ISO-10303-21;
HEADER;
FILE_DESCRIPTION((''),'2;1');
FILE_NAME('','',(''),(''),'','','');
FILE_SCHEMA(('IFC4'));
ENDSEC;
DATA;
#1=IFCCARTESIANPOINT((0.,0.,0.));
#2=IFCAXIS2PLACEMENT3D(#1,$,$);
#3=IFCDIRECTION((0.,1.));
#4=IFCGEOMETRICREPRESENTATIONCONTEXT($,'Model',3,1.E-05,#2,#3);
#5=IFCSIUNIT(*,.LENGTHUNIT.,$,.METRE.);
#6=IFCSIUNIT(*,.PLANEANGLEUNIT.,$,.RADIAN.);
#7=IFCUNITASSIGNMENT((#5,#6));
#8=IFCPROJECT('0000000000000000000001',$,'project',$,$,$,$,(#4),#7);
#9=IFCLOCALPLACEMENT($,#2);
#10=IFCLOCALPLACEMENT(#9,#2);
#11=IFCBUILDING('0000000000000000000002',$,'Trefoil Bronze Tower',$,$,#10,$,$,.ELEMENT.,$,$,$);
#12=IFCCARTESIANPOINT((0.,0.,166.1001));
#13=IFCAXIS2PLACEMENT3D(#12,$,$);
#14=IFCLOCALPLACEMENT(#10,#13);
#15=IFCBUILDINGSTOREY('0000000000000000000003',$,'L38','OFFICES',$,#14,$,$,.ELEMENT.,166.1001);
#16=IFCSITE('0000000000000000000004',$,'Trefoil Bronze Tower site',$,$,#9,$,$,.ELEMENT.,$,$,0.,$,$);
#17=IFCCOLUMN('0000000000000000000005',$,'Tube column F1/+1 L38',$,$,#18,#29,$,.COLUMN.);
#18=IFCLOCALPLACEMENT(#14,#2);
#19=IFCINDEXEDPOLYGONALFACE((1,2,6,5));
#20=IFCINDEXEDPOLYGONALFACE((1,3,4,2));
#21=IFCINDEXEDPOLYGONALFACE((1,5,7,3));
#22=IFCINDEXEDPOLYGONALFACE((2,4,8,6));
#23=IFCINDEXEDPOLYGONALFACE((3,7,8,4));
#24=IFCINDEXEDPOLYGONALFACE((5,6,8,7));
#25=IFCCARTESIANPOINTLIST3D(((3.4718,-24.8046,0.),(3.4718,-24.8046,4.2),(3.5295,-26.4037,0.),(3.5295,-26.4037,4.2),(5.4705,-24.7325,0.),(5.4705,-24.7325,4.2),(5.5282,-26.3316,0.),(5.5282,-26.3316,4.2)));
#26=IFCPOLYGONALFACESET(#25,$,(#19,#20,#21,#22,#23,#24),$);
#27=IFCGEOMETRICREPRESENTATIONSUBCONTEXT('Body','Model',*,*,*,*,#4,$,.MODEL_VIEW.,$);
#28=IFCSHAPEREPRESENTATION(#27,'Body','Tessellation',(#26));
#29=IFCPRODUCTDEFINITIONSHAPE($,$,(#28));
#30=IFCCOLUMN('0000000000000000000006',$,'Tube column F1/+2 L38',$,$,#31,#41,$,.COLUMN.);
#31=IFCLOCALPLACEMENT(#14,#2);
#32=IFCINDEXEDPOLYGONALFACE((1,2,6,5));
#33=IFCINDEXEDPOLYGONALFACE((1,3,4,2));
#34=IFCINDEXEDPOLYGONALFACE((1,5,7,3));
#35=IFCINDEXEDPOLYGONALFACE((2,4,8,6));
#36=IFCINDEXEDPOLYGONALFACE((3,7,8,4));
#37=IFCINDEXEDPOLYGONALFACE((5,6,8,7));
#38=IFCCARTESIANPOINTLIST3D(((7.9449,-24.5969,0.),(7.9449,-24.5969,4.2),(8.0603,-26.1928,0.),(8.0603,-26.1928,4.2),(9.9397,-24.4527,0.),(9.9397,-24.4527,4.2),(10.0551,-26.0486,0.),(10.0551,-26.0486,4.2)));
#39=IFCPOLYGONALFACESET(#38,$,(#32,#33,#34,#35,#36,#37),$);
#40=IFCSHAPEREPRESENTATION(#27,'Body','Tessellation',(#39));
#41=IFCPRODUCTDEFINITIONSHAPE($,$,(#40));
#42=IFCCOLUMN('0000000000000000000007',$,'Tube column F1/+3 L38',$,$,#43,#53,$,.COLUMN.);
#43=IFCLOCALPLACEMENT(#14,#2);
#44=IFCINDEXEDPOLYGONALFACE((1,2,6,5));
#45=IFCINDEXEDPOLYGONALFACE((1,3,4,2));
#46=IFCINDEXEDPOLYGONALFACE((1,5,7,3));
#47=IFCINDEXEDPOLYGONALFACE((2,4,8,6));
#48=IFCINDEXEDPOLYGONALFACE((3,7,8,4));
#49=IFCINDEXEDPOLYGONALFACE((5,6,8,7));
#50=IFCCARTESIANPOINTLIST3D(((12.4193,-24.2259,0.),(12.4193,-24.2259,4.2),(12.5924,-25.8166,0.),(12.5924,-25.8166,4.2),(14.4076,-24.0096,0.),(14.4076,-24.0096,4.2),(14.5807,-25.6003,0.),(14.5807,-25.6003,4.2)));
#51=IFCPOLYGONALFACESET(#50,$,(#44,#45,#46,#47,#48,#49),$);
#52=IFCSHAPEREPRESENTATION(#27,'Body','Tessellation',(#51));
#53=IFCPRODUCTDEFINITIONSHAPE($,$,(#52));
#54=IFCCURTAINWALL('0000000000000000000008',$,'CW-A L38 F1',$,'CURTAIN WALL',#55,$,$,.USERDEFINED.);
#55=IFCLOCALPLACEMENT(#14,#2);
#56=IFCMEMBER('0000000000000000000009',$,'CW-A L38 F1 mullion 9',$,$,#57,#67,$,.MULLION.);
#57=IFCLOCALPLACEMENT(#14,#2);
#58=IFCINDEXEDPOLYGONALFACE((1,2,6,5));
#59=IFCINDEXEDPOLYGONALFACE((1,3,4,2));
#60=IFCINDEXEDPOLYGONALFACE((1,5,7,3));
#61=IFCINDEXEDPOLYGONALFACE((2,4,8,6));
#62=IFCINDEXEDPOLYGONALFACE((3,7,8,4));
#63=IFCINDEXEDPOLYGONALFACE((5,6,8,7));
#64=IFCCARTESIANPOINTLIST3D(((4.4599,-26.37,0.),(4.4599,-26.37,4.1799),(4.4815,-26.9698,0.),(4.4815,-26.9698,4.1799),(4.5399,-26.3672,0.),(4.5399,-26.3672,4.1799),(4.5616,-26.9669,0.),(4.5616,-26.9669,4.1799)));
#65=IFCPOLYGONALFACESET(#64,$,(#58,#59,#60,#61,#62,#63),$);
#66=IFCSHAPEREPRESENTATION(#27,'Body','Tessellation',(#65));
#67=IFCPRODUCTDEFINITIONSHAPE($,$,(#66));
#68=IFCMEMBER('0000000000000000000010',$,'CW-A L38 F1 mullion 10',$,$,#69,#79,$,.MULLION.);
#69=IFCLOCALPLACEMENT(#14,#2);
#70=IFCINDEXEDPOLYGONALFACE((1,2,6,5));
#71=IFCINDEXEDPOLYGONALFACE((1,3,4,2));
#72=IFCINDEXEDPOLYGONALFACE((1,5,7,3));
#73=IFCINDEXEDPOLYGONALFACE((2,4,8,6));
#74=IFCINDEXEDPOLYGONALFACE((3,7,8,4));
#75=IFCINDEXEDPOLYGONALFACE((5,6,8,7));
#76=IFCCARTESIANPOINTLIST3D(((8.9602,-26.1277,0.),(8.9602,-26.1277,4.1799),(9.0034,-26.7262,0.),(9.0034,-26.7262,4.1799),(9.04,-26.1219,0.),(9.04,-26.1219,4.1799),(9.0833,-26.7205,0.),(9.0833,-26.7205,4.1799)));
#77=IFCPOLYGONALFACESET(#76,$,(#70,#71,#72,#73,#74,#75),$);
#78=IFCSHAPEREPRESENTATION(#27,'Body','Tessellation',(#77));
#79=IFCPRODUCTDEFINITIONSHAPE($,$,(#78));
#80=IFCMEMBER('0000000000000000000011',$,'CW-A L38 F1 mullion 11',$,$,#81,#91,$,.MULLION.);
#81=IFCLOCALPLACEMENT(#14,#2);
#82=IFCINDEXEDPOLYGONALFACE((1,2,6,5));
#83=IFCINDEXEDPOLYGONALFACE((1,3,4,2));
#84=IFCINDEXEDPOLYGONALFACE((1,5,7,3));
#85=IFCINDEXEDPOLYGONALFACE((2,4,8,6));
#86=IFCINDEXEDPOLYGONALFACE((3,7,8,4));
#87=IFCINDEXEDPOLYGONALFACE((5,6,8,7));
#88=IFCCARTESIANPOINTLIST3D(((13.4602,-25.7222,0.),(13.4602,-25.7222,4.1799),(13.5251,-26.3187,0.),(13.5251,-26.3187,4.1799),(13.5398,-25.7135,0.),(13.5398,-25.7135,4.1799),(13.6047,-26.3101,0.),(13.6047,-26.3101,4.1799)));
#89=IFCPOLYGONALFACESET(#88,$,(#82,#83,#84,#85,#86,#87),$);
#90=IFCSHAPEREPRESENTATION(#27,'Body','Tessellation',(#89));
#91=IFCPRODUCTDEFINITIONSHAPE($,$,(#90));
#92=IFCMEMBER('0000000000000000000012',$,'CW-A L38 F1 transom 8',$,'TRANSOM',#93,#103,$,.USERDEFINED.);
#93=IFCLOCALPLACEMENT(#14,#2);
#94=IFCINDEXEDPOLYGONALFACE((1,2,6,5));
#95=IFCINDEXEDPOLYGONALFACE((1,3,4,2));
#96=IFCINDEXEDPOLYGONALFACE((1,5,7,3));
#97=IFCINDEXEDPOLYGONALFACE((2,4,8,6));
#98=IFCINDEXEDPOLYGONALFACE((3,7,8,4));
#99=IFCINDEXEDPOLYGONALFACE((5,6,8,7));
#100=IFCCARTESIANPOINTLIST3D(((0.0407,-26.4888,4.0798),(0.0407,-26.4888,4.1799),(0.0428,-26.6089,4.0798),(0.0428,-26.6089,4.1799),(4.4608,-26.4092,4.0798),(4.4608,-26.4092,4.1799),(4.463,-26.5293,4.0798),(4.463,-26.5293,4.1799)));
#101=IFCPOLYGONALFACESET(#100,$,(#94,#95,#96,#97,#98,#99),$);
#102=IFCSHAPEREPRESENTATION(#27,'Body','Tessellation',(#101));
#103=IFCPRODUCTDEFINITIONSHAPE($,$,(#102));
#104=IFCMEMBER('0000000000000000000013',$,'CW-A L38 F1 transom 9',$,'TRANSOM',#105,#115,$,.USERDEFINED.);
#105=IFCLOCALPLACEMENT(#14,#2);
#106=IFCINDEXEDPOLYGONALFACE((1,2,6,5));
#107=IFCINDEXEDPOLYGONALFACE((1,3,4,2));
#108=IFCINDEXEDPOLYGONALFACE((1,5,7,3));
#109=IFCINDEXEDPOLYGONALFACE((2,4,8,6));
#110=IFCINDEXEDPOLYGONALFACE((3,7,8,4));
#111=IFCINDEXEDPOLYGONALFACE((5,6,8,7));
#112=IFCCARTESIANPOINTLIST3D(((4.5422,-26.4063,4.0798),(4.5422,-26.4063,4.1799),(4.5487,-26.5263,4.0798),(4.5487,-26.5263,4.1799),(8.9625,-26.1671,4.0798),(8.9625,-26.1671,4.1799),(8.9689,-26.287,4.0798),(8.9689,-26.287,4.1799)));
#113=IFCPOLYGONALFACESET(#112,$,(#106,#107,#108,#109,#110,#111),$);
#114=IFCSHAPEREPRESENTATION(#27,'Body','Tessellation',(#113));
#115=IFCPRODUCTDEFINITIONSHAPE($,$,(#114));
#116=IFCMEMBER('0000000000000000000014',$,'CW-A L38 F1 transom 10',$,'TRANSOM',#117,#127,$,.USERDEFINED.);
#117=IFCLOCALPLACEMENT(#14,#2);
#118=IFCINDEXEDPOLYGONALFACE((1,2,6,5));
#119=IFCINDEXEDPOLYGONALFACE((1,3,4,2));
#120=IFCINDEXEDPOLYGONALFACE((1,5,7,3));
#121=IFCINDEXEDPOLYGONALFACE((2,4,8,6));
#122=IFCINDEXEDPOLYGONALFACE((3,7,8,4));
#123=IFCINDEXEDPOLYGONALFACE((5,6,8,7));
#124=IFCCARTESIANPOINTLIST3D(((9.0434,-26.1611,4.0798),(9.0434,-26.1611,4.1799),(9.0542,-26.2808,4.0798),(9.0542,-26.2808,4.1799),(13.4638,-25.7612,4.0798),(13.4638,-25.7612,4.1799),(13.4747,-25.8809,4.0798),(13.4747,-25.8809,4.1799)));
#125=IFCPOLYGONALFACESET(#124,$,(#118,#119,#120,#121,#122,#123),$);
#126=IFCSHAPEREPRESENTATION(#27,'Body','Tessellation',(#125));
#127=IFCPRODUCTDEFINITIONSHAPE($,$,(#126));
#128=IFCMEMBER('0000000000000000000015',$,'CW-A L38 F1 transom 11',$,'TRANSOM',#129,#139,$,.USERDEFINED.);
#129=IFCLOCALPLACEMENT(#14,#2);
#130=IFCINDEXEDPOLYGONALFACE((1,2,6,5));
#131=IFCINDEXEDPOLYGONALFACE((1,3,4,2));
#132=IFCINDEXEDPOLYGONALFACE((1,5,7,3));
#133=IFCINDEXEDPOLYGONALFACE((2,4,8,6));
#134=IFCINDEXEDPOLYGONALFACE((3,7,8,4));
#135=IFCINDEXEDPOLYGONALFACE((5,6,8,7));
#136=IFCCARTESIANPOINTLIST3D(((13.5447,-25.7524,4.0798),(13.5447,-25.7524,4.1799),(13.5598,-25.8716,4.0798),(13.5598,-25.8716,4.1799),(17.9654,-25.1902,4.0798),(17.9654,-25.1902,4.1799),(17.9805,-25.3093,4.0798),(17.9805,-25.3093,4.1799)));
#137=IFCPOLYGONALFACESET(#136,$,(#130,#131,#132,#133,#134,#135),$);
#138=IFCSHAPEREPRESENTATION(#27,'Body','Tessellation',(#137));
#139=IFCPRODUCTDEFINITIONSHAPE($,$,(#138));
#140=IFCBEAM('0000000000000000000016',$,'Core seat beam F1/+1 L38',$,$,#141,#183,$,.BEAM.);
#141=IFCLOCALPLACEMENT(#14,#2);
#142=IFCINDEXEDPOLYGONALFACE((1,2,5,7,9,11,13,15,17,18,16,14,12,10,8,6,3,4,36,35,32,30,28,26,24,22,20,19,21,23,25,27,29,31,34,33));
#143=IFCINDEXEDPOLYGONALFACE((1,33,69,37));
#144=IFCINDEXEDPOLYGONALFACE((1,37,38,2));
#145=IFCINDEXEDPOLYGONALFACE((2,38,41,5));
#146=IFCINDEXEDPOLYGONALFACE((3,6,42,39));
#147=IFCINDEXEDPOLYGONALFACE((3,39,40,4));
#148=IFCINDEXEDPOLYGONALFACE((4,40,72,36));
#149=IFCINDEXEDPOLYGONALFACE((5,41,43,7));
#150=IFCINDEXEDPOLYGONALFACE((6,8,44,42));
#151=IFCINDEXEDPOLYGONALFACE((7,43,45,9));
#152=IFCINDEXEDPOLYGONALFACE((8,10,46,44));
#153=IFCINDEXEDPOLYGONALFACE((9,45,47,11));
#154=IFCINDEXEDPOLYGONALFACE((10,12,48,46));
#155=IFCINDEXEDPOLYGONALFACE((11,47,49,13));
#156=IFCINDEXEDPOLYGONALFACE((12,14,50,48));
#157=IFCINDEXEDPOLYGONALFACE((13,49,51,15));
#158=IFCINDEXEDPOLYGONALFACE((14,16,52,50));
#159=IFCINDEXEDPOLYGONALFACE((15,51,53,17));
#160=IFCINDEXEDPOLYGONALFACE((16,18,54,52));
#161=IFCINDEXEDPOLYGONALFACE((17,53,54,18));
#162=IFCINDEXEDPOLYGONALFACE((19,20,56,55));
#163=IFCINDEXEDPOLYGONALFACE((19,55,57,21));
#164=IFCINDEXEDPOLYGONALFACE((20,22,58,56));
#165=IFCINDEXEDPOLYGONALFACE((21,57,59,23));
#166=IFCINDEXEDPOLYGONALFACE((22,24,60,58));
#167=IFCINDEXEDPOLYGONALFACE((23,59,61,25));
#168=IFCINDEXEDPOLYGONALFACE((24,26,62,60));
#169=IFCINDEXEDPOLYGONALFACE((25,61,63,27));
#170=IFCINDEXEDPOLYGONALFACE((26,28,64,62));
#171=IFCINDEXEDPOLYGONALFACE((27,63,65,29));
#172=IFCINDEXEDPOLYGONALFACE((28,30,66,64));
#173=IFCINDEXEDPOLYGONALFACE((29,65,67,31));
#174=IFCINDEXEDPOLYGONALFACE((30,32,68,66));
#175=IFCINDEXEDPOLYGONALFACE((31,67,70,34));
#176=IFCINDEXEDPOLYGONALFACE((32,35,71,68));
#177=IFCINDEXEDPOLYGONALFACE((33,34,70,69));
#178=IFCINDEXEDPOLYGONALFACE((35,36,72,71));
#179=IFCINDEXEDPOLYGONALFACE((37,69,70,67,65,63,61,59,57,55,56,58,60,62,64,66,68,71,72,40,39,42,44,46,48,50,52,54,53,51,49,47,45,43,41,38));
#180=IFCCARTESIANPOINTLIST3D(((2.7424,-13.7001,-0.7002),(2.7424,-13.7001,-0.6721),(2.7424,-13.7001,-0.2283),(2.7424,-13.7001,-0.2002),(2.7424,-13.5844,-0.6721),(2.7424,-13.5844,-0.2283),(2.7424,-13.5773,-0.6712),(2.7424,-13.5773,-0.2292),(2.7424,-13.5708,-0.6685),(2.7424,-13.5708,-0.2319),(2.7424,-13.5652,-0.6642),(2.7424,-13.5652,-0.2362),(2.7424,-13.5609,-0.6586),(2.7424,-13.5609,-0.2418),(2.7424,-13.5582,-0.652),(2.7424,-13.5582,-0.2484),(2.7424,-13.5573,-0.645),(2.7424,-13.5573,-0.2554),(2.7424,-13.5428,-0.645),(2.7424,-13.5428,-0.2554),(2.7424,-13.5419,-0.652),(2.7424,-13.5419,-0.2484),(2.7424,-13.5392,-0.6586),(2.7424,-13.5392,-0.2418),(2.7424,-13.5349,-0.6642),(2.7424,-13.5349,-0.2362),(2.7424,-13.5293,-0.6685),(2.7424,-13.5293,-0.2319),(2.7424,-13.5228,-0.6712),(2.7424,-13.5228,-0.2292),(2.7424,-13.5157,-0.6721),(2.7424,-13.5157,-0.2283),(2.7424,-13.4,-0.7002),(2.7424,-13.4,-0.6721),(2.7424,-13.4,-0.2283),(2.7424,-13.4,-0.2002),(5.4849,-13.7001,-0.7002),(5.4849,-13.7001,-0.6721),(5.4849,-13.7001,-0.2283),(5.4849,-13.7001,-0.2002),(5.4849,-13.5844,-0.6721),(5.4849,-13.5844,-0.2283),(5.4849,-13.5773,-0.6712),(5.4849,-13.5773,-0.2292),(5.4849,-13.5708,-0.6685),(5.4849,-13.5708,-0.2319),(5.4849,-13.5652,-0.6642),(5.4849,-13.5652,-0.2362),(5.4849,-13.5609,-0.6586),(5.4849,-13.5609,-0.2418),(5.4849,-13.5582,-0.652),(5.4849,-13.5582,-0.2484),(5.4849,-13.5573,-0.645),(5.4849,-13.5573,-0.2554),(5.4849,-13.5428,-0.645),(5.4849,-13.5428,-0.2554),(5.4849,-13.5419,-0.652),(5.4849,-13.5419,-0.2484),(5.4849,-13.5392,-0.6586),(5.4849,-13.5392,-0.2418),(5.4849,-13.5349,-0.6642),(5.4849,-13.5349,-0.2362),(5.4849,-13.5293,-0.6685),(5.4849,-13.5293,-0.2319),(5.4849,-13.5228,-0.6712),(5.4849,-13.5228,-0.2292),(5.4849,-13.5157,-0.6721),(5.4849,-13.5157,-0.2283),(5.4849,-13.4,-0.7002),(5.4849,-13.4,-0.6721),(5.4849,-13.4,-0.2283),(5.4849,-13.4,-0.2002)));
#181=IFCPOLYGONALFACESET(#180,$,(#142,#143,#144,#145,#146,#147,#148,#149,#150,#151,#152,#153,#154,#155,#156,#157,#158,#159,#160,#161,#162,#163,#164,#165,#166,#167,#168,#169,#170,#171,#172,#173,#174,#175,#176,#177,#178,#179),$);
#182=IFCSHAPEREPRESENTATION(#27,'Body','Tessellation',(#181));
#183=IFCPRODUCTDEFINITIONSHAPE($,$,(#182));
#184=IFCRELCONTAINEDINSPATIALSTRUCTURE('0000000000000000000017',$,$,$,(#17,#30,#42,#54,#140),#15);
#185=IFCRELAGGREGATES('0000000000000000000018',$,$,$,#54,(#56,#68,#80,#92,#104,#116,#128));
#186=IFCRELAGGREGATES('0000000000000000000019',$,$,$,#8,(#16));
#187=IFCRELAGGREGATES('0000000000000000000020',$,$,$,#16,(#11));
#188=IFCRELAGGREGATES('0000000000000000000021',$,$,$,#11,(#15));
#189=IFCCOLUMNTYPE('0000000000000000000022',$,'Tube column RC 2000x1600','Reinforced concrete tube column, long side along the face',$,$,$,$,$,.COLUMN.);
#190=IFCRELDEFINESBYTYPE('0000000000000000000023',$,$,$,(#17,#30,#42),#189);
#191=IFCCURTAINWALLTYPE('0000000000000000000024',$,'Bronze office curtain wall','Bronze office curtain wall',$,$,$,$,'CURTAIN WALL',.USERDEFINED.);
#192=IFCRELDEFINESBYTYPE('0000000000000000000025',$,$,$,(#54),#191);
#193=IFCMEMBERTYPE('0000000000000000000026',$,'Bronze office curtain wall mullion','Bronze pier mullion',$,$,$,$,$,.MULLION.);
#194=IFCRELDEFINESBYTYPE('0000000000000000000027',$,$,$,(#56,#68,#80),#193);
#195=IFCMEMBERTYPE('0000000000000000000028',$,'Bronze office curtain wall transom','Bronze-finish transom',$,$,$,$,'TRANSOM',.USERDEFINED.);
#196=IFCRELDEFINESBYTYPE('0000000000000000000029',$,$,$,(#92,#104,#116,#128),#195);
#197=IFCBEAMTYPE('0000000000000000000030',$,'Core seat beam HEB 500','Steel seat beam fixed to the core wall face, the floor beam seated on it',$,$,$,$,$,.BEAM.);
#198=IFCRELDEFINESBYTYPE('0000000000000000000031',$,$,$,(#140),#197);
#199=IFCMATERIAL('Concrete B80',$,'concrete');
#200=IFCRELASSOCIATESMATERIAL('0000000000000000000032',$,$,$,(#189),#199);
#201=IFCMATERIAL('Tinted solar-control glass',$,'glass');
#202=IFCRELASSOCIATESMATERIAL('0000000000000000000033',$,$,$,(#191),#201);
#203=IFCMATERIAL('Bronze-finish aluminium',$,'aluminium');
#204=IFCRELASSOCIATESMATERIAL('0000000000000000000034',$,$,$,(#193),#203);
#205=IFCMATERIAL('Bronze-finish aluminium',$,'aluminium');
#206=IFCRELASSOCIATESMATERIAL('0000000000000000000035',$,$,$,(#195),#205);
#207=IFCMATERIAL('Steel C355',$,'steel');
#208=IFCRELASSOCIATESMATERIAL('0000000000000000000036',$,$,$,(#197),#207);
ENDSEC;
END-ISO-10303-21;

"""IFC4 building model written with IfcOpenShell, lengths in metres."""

from ifc_helpers import new_model, si_unit, direction, frame, origin, origin_2d, place, context, subcontext, project, spatial, rectangle, i_section, extrude, material, material_profile, profile_set, type_object, element, aggregate, save


model = new_model("IFC4")

# Units and contexts
model_context = context("Model", 3, precision=1e-05, world=origin(), true_north=direction((0.0, 1.0)))
body_context = subcontext(model_context, "Body", "Model", "MODEL_VIEW")
ifc_project = project(units=[si_unit("LENGTHUNIT", "METRE"), si_unit("PLANEANGLEUNIT", "RADIAN")], contexts=[model_context])

# Site, building, storey
site_placement = place(None, origin())
site = spatial("IfcSite", under=ifc_project, at=site_placement, Name="Trefoil Bronze Tower site", CompositionType="ELEMENT", RefElevation=0.0)
building_placement = place(site_placement, origin())
building = spatial("IfcBuilding", under=site, at=building_placement, Name="Trefoil Bronze Tower", CompositionType="ELEMENT")
storey_placement = place(building_placement, frame((0.0, 0.0, 166.1001)))
storey = spatial("IfcBuildingStorey", under=building, at=storey_placement, Name="L38", Description="OFFICES", CompositionType="ELEMENT", Elevation=166.1001)

# Columns
ifc_material_1 = material(Name="Concrete B80", Category="concrete")
ifc_material_profile_1 = material_profile(ifc_material_1, rectangle(XDim=2.0, YDim=1.6001, at=origin_2d()), Name="RC 2000x1600")
ifc_profile_set_1 = profile_set([ifc_material_profile_1], Name="Concrete B80")
column_type = type_object("IfcColumnType", Name="Tube column RC 2000x1600", Description="Reinforced concrete tube column, long side along the face", PredefinedType="COLUMN", material=ifc_profile_set_1)
for number, where, z_axis, x_axis, name in (
    (1, (4.5, -25.5681, 0.0), (0.0, 0.0, 1.0), (0.99935, 0.036048, 0.0), "Tube column F1/+1 L38"),
    (2, (9.0, -25.3228, 0.0), (0.0, 0.0, 1.0), (0.997398, 0.072096, 0.0), "Tube column F1/+2 L38"),
    (3, (13.5, -24.9131, 0.0), (0.0, 0.0, 1.0), (0.994135, 0.108144, 0.0), "Tube column F1/+3 L38"),
):
    element("IfcColumn", number, at=place(storey_placement, frame(where, z_axis=z_axis, x_axis=x_axis)), inside=storey, type_object=column_type, Name=name, PredefinedType="COLUMN", context=body_context, shape_type="SweptSolid", body=[
        extrude(rectangle(XDim=2.0, YDim=1.6001, at=origin_2d()), origin(), (0.0, 0.0, 1.0), 4.2),
    ])

# Curtain wall, members
ifc_material_2 = material(Name="Tinted solar-control glass", Category="glass")
curtain_wall_type = type_object("IfcCurtainWallType", Name="Bronze office curtain wall", Description="Bronze office curtain wall", ElementType="CURTAIN WALL", PredefinedType="USERDEFINED", material=ifc_material_2)
curtain_wall_placement = place(storey_placement, origin())
curtain_wall = element("IfcCurtainWall", 4, at=curtain_wall_placement, inside=storey, type_object=curtain_wall_type, Name="CW-A L38 F1", ObjectType="CURTAIN WALL", PredefinedType="USERDEFINED")
ifc_material_3 = material(Name="Bronze-finish aluminium", Category="aluminium")
ifc_material_profile_2 = material_profile(ifc_material_3, rectangle(XDim=0.6001, YDim=0.0801, at=origin_2d()), Name="CW-A mullion")
ifc_profile_set_2 = profile_set([ifc_material_profile_2], Name="Bronze-finish aluminium")
member_type_1 = type_object("IfcMemberType", Name="Bronze office curtain wall mullion", Description="Bronze pier mullion", PredefinedType="MULLION", material=ifc_profile_set_2)
member_1_placement = place(storey_placement, frame((4.5107, -26.6685, 0.0), z_axis=(0.0, 0.0, 1.0), x_axis=(-0.036048, 0.99935, 0.0)))
member_1 = element("IfcMember", 5, at=member_1_placement, type_object=member_type_1, Name="CW-A L38 F1 mullion 9", PredefinedType="MULLION", context=body_context, shape_type="SweptSolid", body=[
    extrude(rectangle(XDim=0.6001, YDim=0.0801, at=origin_2d()), origin(), (0.0, 0.0, 1.0), 4.1799),
])
member_2_placement = place(storey_placement, frame((9.0217, -26.4241, 0.0), z_axis=(0.0, 0.0, 1.0), x_axis=(-0.072096, 0.997398, 0.0)))
member_2 = element("IfcMember", 6, at=member_2_placement, type_object=member_type_1, Name="CW-A L38 F1 mullion 10", PredefinedType="MULLION", context=body_context, shape_type="SweptSolid", body=[
    extrude(rectangle(XDim=0.6001, YDim=0.0801, at=origin_2d()), origin(), (0.0, 0.0, 1.0), 4.1799),
])
member_3_placement = place(storey_placement, frame((13.5325, -26.0161, 0.0), z_axis=(0.0, 0.0, 1.0), x_axis=(-0.108144, 0.994135, 0.0)))
member_3 = element("IfcMember", 7, at=member_3_placement, type_object=member_type_1, Name="CW-A L38 F1 mullion 11", PredefinedType="MULLION", context=body_context, shape_type="SweptSolid", body=[
    extrude(rectangle(XDim=0.6001, YDim=0.0801, at=origin_2d()), origin(), (0.0, 0.0, 1.0), 4.1799),
])
ifc_material_4 = material(Name="Bronze-finish aluminium", Category="aluminium")
ifc_material_profile_3 = material_profile(ifc_material_4, rectangle(XDim=0.1201, YDim=0.1001, at=origin_2d()), Name="CW-A transom")
ifc_profile_set_3 = profile_set([ifc_material_profile_3], Name="Bronze-finish aluminium")
member_type_2 = type_object("IfcMemberType", Name="Bronze office curtain wall transom", Description="Bronze-finish transom", ElementType="TRANSOM", PredefinedType="USERDEFINED", material=ifc_profile_set_3)
member_4_placement = place(storey_placement, frame((0.0417, -26.5488, 4.1299), z_axis=(0.999838, 0.018003, 0.0), x_axis=(-0.018003, 0.999838, 0.0)))
member_4 = element("IfcMember", 8, at=member_4_placement, type_object=member_type_2, Name="CW-A L38 F1 transom 8", ObjectType="TRANSOM", PredefinedType="USERDEFINED", context=body_context, shape_type="SweptSolid", body=[
    extrude(rectangle(XDim=0.1201, YDim=0.1001, at=origin_2d()), origin(), (0.0, 0.0, 1.0), 4.4209),
])
member_5_placement = place(storey_placement, frame((4.5454, -26.4663, 4.1299), z_axis=(0.998538, 0.05405, 0.0), x_axis=(-0.05405, 0.998538, 0.0)))
member_5 = element("IfcMember", 9, at=member_5_placement, type_object=member_type_2, Name="CW-A L38 F1 transom 9", ObjectType="TRANSOM", PredefinedType="USERDEFINED", context=body_context, shape_type="SweptSolid", body=[
    extrude(rectangle(XDim=0.1201, YDim=0.1001, at=origin_2d()), origin(), (0.0, 0.0, 1.0), 4.4268),
])
member_6_placement = place(storey_placement, frame((9.0488, -26.2209, 4.1299), z_axis=(0.995933, 0.090099, 0.0), x_axis=(-0.090099, 0.995933, 0.0)))
member_6 = element("IfcMember", 10, at=member_6_placement, type_object=member_type_2, Name="CW-A L38 F1 transom 10", ObjectType="TRANSOM", PredefinedType="USERDEFINED", context=body_context, shape_type="SweptSolid", body=[
    extrude(rectangle(XDim=0.1201, YDim=0.1001, at=origin_2d()), origin(), (0.0, 0.0, 1.0), 4.4385),
])
member_7_placement = place(storey_placement, frame((13.5522, -25.812, 4.1299), z_axis=(0.992008, 0.126172, 0.0), x_axis=(-0.126172, 0.992008, 0.0)))
member_7 = element("IfcMember", 11, at=member_7_placement, type_object=member_type_2, Name="CW-A L38 F1 transom 11", ObjectType="TRANSOM", PredefinedType="USERDEFINED", context=body_context, shape_type="SweptSolid", body=[
    extrude(rectangle(XDim=0.1201, YDim=0.1001, at=origin_2d()), origin(), (0.0, 0.0, 1.0), 4.4563),
])

# Beam
ifc_material_5 = material(Name="Steel C355", Category="steel")
ifc_material_profile_4 = material_profile(ifc_material_5, i_section(OverallWidth=0.3, OverallDepth=0.5, WebThickness=0.0144, FlangeThickness=0.0281, FilletRadius=0.0271, at=origin_2d()), Name="HEB 500")
ifc_profile_set_4 = profile_set([ifc_material_profile_4], Name="Steel C355")
beam_type_1 = type_object("IfcBeamType", Name="Core seat beam HEB 500", Description="Steel seat beam fixed to the core wall face, the floor beam seated on it", PredefinedType="BEAM", material=ifc_profile_set_4)
for number, where, z_axis, x_axis, name in (
    (12, (2.7424, -13.55, -0.4502), (1.0, 0.0, 0.0), (0.0, 1.0, 0.0), "Core seat beam F1/+1 L38"),
):
    element("IfcBeam", number, at=place(storey_placement, frame(where, z_axis=z_axis, x_axis=x_axis)), inside=storey, type_object=beam_type_1, Name=name, PredefinedType="BEAM", context=body_context, shape_type="SweptSolid", body=[
        extrude(i_section(OverallWidth=0.3, OverallDepth=0.5, WebThickness=0.0144, FlangeThickness=0.0281, FilletRadius=0.0271, at=origin_2d()), origin(), (0.0, 0.0, 1.0), 2.7424),
    ])

aggregate(curtain_wall, [member_1, member_2, member_3, member_4, member_5, member_6, member_7])

save(model, "model.ifc")
